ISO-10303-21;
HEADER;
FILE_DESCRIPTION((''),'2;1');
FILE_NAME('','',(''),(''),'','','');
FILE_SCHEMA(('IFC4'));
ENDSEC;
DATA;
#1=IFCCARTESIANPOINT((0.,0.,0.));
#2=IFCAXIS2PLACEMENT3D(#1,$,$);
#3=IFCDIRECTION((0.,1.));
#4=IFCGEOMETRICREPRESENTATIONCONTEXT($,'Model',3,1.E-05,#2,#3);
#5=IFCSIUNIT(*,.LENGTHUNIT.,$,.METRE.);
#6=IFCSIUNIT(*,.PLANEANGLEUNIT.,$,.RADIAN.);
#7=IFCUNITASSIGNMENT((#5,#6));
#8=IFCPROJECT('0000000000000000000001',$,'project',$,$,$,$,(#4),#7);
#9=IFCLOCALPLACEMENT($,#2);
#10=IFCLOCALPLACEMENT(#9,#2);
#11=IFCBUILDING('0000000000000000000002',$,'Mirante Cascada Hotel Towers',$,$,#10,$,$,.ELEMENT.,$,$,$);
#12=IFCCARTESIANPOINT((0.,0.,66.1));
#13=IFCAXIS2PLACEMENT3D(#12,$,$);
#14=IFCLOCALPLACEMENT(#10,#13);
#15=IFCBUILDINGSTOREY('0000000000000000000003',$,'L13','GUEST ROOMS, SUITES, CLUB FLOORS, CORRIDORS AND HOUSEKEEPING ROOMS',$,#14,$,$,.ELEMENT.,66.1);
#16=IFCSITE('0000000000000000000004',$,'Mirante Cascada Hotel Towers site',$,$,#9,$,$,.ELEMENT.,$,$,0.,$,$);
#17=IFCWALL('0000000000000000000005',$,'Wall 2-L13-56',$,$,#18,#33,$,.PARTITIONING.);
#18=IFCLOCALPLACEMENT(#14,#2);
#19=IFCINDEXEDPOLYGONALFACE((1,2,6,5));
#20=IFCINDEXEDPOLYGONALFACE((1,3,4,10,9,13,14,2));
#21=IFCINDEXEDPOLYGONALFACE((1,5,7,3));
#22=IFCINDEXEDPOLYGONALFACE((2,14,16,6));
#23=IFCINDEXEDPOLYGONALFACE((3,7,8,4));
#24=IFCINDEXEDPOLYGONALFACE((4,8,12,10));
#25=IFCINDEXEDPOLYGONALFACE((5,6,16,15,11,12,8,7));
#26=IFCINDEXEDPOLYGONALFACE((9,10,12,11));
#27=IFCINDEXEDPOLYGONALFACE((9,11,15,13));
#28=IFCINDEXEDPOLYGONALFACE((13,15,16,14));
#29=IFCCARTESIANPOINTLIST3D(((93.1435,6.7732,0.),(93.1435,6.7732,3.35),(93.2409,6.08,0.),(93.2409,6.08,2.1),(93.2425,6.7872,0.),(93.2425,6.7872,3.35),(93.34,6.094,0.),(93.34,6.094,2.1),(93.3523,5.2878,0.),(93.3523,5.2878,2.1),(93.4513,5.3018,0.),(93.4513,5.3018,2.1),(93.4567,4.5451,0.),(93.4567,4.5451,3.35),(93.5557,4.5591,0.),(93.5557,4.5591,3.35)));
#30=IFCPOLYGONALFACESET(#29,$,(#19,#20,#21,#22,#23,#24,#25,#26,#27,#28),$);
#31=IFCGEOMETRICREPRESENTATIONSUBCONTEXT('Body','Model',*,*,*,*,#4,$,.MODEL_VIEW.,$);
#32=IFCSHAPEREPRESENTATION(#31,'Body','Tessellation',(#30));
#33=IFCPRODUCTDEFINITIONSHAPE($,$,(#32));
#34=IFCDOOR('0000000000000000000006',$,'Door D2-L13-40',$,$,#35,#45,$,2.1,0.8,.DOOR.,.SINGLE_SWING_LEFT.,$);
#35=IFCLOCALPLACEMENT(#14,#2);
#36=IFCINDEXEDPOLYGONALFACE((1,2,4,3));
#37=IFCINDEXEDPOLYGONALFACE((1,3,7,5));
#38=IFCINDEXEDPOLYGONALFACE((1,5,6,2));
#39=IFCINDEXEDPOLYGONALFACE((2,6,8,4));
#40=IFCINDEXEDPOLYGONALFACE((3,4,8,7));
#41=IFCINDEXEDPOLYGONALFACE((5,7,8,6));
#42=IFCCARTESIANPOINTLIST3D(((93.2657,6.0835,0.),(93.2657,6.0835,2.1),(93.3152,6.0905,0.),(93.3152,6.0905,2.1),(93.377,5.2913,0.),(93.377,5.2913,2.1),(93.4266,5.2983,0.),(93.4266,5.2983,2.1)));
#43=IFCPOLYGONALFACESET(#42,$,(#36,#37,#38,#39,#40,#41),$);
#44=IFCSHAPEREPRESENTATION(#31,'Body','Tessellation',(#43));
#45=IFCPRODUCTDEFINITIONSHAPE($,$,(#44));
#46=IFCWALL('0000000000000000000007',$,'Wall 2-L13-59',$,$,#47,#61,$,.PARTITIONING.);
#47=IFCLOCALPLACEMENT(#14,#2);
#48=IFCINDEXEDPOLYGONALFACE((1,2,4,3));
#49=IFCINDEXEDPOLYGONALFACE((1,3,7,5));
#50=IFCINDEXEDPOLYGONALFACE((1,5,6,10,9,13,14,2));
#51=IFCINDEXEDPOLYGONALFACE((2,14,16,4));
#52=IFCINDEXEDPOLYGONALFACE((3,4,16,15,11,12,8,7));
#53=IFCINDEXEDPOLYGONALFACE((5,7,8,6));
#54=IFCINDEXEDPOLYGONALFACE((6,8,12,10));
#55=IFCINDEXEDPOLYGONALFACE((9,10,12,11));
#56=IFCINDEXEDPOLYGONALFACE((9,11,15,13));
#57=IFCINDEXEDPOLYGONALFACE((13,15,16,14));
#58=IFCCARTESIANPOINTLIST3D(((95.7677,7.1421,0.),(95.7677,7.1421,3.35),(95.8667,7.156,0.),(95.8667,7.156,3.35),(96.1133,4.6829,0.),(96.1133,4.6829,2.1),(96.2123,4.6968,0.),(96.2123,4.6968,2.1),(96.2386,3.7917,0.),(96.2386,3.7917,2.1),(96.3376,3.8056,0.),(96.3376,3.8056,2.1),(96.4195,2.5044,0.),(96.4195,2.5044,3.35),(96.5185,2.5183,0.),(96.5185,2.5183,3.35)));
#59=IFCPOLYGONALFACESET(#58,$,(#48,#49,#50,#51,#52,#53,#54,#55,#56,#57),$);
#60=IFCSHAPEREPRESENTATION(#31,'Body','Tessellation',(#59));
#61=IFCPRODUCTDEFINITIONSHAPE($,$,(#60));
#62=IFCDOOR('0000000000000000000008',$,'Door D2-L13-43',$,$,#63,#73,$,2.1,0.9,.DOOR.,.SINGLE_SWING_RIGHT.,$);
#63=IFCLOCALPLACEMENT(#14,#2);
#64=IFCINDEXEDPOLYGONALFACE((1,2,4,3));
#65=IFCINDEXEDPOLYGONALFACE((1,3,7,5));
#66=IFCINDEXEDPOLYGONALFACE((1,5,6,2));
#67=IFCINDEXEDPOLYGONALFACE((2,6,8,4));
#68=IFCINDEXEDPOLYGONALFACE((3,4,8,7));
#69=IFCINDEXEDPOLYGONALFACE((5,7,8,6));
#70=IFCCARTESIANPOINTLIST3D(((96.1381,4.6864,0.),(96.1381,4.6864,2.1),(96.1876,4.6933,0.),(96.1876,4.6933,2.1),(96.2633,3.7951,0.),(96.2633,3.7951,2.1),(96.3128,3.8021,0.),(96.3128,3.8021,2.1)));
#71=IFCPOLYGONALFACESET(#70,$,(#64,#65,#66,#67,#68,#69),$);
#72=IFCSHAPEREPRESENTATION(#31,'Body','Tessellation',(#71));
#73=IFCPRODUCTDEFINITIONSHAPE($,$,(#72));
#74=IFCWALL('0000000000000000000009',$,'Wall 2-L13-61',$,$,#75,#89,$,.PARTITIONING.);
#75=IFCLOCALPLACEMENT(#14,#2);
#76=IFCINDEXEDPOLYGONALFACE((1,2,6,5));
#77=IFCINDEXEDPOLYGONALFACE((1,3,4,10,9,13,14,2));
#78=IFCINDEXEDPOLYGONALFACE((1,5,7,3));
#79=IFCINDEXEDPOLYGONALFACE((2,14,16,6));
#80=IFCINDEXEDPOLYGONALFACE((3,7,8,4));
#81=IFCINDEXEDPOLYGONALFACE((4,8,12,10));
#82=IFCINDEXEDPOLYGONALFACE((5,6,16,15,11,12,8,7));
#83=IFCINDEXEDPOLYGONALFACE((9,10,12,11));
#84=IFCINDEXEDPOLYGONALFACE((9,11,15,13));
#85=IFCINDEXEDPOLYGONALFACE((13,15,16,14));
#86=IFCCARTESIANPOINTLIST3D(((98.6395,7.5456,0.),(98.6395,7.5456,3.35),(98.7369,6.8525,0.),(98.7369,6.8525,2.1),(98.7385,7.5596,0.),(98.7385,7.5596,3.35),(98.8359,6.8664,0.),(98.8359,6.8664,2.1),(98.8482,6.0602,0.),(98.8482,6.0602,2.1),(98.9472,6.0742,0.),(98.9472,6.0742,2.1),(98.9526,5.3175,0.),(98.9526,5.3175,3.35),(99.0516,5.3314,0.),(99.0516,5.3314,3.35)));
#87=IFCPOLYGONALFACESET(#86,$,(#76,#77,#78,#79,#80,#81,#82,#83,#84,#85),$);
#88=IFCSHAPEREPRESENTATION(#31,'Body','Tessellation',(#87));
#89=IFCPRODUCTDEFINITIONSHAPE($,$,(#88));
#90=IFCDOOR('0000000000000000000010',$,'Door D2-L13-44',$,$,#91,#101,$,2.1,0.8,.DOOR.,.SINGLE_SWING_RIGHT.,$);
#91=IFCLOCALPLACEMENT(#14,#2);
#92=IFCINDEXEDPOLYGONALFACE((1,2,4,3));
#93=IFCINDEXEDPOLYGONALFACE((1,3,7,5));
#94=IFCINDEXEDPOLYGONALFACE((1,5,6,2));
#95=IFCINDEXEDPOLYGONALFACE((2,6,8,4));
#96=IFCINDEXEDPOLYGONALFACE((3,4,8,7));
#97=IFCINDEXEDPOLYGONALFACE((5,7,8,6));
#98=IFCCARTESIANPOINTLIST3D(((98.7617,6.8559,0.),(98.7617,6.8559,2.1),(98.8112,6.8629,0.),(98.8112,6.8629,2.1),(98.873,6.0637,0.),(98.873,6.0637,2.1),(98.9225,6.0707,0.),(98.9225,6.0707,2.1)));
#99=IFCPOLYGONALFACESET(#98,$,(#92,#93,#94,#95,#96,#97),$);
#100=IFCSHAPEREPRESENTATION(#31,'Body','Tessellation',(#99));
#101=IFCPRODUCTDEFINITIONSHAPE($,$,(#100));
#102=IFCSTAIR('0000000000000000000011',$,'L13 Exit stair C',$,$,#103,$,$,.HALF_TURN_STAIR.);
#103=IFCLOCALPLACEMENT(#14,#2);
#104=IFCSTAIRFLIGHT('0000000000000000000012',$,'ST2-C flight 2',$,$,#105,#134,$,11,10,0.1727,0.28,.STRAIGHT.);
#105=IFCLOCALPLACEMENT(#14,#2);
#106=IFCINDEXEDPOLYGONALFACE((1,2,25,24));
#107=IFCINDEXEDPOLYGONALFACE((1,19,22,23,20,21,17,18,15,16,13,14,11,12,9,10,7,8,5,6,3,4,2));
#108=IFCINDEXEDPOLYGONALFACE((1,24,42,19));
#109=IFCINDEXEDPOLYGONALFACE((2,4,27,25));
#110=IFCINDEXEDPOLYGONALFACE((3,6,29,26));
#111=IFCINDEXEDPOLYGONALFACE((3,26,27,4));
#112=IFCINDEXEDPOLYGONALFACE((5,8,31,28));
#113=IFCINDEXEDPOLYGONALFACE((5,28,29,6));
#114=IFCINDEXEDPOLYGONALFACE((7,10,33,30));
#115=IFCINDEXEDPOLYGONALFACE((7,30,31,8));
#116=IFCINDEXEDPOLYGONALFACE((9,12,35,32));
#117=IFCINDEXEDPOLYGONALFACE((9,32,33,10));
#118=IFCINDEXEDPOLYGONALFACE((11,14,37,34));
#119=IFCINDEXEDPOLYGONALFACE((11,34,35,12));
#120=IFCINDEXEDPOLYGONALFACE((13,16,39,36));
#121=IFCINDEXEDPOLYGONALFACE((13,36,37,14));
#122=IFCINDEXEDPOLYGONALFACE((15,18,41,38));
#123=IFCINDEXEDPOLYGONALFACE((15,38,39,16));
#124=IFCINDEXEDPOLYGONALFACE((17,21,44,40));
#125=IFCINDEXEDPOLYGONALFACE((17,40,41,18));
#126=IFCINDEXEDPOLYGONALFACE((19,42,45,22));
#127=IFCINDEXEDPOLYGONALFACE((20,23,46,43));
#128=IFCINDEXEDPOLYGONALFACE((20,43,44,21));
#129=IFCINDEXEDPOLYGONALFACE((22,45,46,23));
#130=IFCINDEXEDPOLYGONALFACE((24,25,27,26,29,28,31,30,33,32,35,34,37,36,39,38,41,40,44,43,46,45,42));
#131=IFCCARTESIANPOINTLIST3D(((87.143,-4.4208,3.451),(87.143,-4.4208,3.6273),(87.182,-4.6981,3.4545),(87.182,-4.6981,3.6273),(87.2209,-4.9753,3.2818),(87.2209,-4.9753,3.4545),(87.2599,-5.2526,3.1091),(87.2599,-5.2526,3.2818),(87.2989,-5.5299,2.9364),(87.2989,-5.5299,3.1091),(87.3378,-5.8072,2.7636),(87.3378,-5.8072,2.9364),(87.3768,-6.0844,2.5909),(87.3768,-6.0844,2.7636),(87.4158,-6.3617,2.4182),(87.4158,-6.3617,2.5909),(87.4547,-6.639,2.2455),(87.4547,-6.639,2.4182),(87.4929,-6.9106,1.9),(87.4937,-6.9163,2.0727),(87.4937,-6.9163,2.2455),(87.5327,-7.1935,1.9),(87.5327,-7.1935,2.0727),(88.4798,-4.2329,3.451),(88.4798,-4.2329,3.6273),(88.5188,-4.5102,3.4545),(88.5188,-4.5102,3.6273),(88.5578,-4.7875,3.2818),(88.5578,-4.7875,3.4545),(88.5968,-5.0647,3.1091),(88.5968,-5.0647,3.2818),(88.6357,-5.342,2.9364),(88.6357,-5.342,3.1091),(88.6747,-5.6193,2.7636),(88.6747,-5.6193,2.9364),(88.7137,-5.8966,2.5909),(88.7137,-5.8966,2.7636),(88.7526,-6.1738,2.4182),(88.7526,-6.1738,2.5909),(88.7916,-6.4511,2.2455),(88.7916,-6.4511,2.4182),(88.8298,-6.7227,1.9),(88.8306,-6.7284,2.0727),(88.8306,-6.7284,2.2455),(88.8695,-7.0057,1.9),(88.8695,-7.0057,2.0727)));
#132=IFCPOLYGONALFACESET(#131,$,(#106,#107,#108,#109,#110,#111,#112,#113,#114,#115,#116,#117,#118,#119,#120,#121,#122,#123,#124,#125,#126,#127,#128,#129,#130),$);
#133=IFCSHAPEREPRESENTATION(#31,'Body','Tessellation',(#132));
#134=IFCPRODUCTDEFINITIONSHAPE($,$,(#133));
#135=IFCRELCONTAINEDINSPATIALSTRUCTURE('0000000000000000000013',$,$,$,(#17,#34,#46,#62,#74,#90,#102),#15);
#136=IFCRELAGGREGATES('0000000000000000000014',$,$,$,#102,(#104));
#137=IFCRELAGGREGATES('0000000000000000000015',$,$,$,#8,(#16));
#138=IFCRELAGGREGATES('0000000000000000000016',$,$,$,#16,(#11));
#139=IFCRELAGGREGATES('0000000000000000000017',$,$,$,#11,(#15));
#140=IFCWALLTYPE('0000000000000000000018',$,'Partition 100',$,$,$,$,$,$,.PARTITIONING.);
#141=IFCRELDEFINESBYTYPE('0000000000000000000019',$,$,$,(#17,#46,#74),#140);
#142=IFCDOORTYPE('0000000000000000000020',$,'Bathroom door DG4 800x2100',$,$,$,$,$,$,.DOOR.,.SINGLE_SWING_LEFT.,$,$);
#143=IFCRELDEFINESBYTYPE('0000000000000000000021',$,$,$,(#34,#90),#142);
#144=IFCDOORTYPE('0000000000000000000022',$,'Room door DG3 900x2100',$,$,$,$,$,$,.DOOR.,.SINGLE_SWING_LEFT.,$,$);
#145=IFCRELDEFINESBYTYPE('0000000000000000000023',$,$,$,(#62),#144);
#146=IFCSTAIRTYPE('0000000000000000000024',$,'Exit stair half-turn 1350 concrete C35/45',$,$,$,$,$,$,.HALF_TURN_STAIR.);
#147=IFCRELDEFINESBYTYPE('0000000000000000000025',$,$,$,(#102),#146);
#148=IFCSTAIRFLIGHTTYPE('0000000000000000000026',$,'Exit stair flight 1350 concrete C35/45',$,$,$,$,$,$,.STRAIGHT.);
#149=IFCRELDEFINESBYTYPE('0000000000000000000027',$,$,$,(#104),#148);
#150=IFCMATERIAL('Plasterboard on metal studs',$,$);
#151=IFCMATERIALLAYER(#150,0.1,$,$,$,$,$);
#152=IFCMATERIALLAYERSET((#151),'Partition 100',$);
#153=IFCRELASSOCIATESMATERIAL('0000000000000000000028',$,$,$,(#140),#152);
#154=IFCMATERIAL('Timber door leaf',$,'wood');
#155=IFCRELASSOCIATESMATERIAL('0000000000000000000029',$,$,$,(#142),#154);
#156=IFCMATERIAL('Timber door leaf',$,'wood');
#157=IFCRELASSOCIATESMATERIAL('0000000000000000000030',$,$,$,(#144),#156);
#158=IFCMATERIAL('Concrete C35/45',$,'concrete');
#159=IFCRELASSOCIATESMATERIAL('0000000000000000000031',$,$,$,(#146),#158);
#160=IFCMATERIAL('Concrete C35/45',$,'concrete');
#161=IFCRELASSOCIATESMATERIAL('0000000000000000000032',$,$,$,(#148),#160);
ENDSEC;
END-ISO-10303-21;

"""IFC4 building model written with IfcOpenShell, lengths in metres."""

from ifc_helpers import new_model, si_unit, direction, frame, frame_2d, origin, place, context, subcontext, project, spatial, polyline, rectangle, outline, extrude, material, layer, layer_set, type_object, element, fill, aggregate, save


model = new_model("IFC4")

# Units and contexts
model_context = context("Model", 3, precision=1e-05, world=origin(), true_north=direction((0.0, 1.0)))
body_context = subcontext(model_context, "Body", "Model", "MODEL_VIEW")
ifc_project = project(units=[si_unit("LENGTHUNIT", "METRE"), si_unit("PLANEANGLEUNIT", "RADIAN")], contexts=[model_context])

# Site, building, storey
site_placement = place(None, origin())
site = spatial("IfcSite", under=ifc_project, at=site_placement, Name="Mirante Cascada Hotel Towers site", CompositionType="ELEMENT", RefElevation=0.0)
building_placement = place(site_placement, origin())
building = spatial("IfcBuilding", under=site, at=building_placement, Name="Mirante Cascada Hotel Towers", CompositionType="ELEMENT")
storey_placement = place(building_placement, frame((0.0, 0.0, 66.1)))
storey = spatial("IfcBuildingStorey", under=building, at=storey_placement, Name="L13", Description="GUEST ROOMS, SUITES, CLUB FLOORS, CORRIDORS AND HOUSEKEEPING ROOMS", CompositionType="ELEMENT", Elevation=66.1)

# Shared definitions
ifc_material_1 = material(Name="Plasterboard on metal studs")
ifc_layer_1 = layer(ifc_material_1, 0.1)
ifc_layer_set_1 = layer_set([ifc_layer_1], Name="Partition 100")
wall_type_1 = type_object("IfcWallType", Name="Partition 100", PredefinedType="PARTITIONING", material=ifc_layer_set_1)

# Walls, openings, doors
wall_1_placement = place(storey_placement, frame((93.5062, 4.5521, 0.0), z_axis=(0.0, 0.0, 1.0), x_axis=(-0.1392, 0.990264, 0.0)))
wall_1 = element("IfcWall", 1, at=wall_1_placement, inside=storey, type_object=wall_type_1, Name="Wall 2-L13-56", PredefinedType="PARTITIONING", context=body_context, shape_type="SweptSolid", body=[
    extrude(rectangle(XDim=2.25, YDim=0.1, at=frame_2d((1.125, 0.0))), origin(), (0.0, 0.0, 1.0), 3.35),
])
opening_1_placement = place(wall_1_placement, frame((0.75, 0.0, 0.0)))
opening_1 = element("IfcOpeningElement", 2, at=opening_1_placement, cuts=wall_1, PredefinedType="OPENING", context=body_context, shape_type="SweptSolid", body=[
    extrude(rectangle(XDim=0.8, YDim=2.1, at=frame_2d((0.4, 1.05))), frame((0.0, 0.05, 0.0), z_axis=(0.0, -1.0, 0.0), x_axis=(1.0, 0.0, 0.0)), (0.0, 0.0, 1.0), 0.1),
])
ifc_material_2 = material(Name="Timber door leaf", Category="wood")
door_type_1 = type_object("IfcDoorType", Name="Bathroom door DG4 800x2100", OperationType="SINGLE_SWING_LEFT", PredefinedType="DOOR", material=ifc_material_2)
door_1_placement = place(opening_1_placement, origin())
door_1 = element("IfcDoor", 3, at=door_1_placement, inside=storey, type_object=door_type_1, Name="Door D2-L13-40", OperationType="SINGLE_SWING_LEFT", OverallHeight=2.1, OverallWidth=0.8, PredefinedType="DOOR", context=body_context, shape_type="SweptSolid", body=[
    extrude(rectangle(XDim=0.8, YDim=2.1, at=frame_2d((0.4, 1.05))), frame((0.0, 0.025, 0.0), z_axis=(0.0, -1.0, 0.0), x_axis=(1.0, 0.0, 0.0)), (0.0, 0.0, 1.0), 0.05),
])
fill(opening_1, door_1)
wall_2_placement = place(storey_placement, frame((95.8172, 7.149, 0.0), z_axis=(0.0, 0.0, 1.0), x_axis=(0.139176, -0.990268, 0.0)))
wall_2 = element("IfcWall", 4, at=wall_2_placement, inside=storey, type_object=wall_type_1, Name="Wall 2-L13-59", PredefinedType="PARTITIONING", context=body_context, shape_type="SweptSolid", body=[
    extrude(rectangle(XDim=4.6833, YDim=0.1, at=frame_2d((2.3416, 0.0))), origin(), (0.0, 0.0, 1.0), 3.35),
])
opening_2_placement = place(wall_2_placement, frame((2.4833, 0.0, 0.0)))
opening_2 = element("IfcOpeningElement", 5, at=opening_2_placement, cuts=wall_2, PredefinedType="OPENING", context=body_context, shape_type="SweptSolid", body=[
    extrude(rectangle(XDim=0.9, YDim=2.1, at=frame_2d((0.45, 1.05))), frame((0.0, 0.05, 0.0), z_axis=(0.0, -1.0, 0.0), x_axis=(1.0, 0.0, 0.0)), (0.0, 0.0, 1.0), 0.1),
])
ifc_material_3 = material(Name="Timber door leaf", Category="wood")
door_type_2 = type_object("IfcDoorType", Name="Room door DG3 900x2100", OperationType="SINGLE_SWING_LEFT", PredefinedType="DOOR", material=ifc_material_3)
door_2_placement = place(opening_2_placement, frame((0.9, 0.0, 0.0), z_axis=(0.0, 0.0, 1.0), x_axis=(-1.0, 0.0, 0.0)))
door_2 = element("IfcDoor", 6, at=door_2_placement, inside=storey, type_object=door_type_2, Name="Door D2-L13-43", OperationType="SINGLE_SWING_RIGHT", OverallHeight=2.1, OverallWidth=0.9, PredefinedType="DOOR", context=body_context, shape_type="SweptSolid", body=[
    extrude(rectangle(XDim=0.9, YDim=2.1, at=frame_2d((0.45, 1.05))), frame((0.0, 0.025, 0.0), z_axis=(0.0, -1.0, 0.0), x_axis=(1.0, 0.0, 0.0)), (0.0, 0.0, 1.0), 0.05),
])
fill(opening_2, door_2)
wall_3_placement = place(storey_placement, frame((98.689, 7.5526, 0.0), z_axis=(0.0, 0.0, 1.0), x_axis=(0.139156, -0.990271, 0.0)))
wall_3 = element("IfcWall", 7, at=wall_3_placement, inside=storey, type_object=wall_type_1, Name="Wall 2-L13-61", PredefinedType="PARTITIONING", context=body_context, shape_type="SweptSolid", body=[
    extrude(rectangle(XDim=2.25, YDim=0.1, at=frame_2d((1.125, 0.0))), origin(), (0.0, 0.0, 1.0), 3.35),
])
opening_3_placement = place(wall_3_placement, frame((0.7, 0.0, 0.0)))
opening_3 = element("IfcOpeningElement", 8, at=opening_3_placement, cuts=wall_3, PredefinedType="OPENING", context=body_context, shape_type="SweptSolid", body=[
    extrude(rectangle(XDim=0.8, YDim=2.1, at=frame_2d((0.4, 1.05))), frame((0.0, 0.05, 0.0), z_axis=(0.0, -1.0, 0.0), x_axis=(1.0, 0.0, 0.0)), (0.0, 0.0, 1.0), 0.1),
])
door_3_placement = place(opening_3_placement, frame((0.8, 0.0, 0.0), z_axis=(0.0, 0.0, 1.0), x_axis=(-1.0, 0.0, 0.0)))
door_3 = element("IfcDoor", 9, at=door_3_placement, inside=storey, type_object=door_type_1, Name="Door D2-L13-44", OperationType="SINGLE_SWING_RIGHT", OverallHeight=2.1, OverallWidth=0.8, PredefinedType="DOOR", context=body_context, shape_type="SweptSolid", body=[
    extrude(rectangle(XDim=0.8, YDim=2.1, at=frame_2d((0.4, 1.05))), frame((0.0, 0.025, 0.0), z_axis=(0.0, -1.0, 0.0), x_axis=(1.0, 0.0, 0.0)), (0.0, 0.0, 1.0), 0.05),
])
fill(opening_3, door_3)

# Stair, stair flight
ifc_material_4 = material(Name="Concrete C35/45", Category="concrete")
stair_type = type_object("IfcStairType", Name="Exit stair half-turn 1350 concrete C35/45", PredefinedType="HALF_TURN_STAIR", material=ifc_material_4)
stair_placement = place(storey_placement, origin())
stair = element("IfcStair", 10, at=stair_placement, inside=storey, type_object=stair_type, Name="L13 Exit stair C", PredefinedType="HALF_TURN_STAIR")
ifc_material_5 = material(Name="Concrete C35/45", Category="concrete")
stair_flight_type = type_object("IfcStairFlightType", Name="Exit stair flight 1350 concrete C35/45", PredefinedType="STRAIGHT", material=ifc_material_5)
stair_flight_placement = place(storey_placement, frame((88.2011, -7.0996, 1.9), z_axis=(0.0, 0.0, 1.0), x_axis=(-0.139173, 0.990268, 0.0)))
stair_flight = element("IfcStairFlight", 11, at=stair_flight_placement, type_object=stair_flight_type, Name="ST2-C flight 2", NumberOfRisers=11, NumberOfTreads=10, PredefinedType="STRAIGHT", RiserHeight=0.1727, TreadLength=0.28, context=body_context, shape_type="SweptSolid", body=[
    extrude(outline(polyline([(0.0, 0.0), (0.0, 0.1727), (0.28, 0.1727), (0.28, 0.3455), (0.56, 0.3455), (0.56, 0.5182), (0.84, 0.5182), (0.84, 0.6909), (1.12, 0.6909), (1.12, 0.8636), (1.4, 0.8636), (1.4, 1.0364), (1.68, 1.0364), (1.68, 1.2091), (1.96, 1.2091), (1.96, 1.3818), (2.24, 1.3818), (2.24, 1.5545), (2.52, 1.5545), (2.52, 1.7273), (2.8, 1.7273), (2.8, 1.9), (2.8, 1.551), (0.2857, 0.0), (0.0, 0.0)])), frame((0.0, 0.675, 0.0), z_axis=(0.0, -1.0, 0.0), x_axis=(1.0, 0.0, 0.0)), (0.0, 0.0, 1.0), 1.35),
])
aggregate(stair, [stair_flight])

save(model, "model.ifc")
